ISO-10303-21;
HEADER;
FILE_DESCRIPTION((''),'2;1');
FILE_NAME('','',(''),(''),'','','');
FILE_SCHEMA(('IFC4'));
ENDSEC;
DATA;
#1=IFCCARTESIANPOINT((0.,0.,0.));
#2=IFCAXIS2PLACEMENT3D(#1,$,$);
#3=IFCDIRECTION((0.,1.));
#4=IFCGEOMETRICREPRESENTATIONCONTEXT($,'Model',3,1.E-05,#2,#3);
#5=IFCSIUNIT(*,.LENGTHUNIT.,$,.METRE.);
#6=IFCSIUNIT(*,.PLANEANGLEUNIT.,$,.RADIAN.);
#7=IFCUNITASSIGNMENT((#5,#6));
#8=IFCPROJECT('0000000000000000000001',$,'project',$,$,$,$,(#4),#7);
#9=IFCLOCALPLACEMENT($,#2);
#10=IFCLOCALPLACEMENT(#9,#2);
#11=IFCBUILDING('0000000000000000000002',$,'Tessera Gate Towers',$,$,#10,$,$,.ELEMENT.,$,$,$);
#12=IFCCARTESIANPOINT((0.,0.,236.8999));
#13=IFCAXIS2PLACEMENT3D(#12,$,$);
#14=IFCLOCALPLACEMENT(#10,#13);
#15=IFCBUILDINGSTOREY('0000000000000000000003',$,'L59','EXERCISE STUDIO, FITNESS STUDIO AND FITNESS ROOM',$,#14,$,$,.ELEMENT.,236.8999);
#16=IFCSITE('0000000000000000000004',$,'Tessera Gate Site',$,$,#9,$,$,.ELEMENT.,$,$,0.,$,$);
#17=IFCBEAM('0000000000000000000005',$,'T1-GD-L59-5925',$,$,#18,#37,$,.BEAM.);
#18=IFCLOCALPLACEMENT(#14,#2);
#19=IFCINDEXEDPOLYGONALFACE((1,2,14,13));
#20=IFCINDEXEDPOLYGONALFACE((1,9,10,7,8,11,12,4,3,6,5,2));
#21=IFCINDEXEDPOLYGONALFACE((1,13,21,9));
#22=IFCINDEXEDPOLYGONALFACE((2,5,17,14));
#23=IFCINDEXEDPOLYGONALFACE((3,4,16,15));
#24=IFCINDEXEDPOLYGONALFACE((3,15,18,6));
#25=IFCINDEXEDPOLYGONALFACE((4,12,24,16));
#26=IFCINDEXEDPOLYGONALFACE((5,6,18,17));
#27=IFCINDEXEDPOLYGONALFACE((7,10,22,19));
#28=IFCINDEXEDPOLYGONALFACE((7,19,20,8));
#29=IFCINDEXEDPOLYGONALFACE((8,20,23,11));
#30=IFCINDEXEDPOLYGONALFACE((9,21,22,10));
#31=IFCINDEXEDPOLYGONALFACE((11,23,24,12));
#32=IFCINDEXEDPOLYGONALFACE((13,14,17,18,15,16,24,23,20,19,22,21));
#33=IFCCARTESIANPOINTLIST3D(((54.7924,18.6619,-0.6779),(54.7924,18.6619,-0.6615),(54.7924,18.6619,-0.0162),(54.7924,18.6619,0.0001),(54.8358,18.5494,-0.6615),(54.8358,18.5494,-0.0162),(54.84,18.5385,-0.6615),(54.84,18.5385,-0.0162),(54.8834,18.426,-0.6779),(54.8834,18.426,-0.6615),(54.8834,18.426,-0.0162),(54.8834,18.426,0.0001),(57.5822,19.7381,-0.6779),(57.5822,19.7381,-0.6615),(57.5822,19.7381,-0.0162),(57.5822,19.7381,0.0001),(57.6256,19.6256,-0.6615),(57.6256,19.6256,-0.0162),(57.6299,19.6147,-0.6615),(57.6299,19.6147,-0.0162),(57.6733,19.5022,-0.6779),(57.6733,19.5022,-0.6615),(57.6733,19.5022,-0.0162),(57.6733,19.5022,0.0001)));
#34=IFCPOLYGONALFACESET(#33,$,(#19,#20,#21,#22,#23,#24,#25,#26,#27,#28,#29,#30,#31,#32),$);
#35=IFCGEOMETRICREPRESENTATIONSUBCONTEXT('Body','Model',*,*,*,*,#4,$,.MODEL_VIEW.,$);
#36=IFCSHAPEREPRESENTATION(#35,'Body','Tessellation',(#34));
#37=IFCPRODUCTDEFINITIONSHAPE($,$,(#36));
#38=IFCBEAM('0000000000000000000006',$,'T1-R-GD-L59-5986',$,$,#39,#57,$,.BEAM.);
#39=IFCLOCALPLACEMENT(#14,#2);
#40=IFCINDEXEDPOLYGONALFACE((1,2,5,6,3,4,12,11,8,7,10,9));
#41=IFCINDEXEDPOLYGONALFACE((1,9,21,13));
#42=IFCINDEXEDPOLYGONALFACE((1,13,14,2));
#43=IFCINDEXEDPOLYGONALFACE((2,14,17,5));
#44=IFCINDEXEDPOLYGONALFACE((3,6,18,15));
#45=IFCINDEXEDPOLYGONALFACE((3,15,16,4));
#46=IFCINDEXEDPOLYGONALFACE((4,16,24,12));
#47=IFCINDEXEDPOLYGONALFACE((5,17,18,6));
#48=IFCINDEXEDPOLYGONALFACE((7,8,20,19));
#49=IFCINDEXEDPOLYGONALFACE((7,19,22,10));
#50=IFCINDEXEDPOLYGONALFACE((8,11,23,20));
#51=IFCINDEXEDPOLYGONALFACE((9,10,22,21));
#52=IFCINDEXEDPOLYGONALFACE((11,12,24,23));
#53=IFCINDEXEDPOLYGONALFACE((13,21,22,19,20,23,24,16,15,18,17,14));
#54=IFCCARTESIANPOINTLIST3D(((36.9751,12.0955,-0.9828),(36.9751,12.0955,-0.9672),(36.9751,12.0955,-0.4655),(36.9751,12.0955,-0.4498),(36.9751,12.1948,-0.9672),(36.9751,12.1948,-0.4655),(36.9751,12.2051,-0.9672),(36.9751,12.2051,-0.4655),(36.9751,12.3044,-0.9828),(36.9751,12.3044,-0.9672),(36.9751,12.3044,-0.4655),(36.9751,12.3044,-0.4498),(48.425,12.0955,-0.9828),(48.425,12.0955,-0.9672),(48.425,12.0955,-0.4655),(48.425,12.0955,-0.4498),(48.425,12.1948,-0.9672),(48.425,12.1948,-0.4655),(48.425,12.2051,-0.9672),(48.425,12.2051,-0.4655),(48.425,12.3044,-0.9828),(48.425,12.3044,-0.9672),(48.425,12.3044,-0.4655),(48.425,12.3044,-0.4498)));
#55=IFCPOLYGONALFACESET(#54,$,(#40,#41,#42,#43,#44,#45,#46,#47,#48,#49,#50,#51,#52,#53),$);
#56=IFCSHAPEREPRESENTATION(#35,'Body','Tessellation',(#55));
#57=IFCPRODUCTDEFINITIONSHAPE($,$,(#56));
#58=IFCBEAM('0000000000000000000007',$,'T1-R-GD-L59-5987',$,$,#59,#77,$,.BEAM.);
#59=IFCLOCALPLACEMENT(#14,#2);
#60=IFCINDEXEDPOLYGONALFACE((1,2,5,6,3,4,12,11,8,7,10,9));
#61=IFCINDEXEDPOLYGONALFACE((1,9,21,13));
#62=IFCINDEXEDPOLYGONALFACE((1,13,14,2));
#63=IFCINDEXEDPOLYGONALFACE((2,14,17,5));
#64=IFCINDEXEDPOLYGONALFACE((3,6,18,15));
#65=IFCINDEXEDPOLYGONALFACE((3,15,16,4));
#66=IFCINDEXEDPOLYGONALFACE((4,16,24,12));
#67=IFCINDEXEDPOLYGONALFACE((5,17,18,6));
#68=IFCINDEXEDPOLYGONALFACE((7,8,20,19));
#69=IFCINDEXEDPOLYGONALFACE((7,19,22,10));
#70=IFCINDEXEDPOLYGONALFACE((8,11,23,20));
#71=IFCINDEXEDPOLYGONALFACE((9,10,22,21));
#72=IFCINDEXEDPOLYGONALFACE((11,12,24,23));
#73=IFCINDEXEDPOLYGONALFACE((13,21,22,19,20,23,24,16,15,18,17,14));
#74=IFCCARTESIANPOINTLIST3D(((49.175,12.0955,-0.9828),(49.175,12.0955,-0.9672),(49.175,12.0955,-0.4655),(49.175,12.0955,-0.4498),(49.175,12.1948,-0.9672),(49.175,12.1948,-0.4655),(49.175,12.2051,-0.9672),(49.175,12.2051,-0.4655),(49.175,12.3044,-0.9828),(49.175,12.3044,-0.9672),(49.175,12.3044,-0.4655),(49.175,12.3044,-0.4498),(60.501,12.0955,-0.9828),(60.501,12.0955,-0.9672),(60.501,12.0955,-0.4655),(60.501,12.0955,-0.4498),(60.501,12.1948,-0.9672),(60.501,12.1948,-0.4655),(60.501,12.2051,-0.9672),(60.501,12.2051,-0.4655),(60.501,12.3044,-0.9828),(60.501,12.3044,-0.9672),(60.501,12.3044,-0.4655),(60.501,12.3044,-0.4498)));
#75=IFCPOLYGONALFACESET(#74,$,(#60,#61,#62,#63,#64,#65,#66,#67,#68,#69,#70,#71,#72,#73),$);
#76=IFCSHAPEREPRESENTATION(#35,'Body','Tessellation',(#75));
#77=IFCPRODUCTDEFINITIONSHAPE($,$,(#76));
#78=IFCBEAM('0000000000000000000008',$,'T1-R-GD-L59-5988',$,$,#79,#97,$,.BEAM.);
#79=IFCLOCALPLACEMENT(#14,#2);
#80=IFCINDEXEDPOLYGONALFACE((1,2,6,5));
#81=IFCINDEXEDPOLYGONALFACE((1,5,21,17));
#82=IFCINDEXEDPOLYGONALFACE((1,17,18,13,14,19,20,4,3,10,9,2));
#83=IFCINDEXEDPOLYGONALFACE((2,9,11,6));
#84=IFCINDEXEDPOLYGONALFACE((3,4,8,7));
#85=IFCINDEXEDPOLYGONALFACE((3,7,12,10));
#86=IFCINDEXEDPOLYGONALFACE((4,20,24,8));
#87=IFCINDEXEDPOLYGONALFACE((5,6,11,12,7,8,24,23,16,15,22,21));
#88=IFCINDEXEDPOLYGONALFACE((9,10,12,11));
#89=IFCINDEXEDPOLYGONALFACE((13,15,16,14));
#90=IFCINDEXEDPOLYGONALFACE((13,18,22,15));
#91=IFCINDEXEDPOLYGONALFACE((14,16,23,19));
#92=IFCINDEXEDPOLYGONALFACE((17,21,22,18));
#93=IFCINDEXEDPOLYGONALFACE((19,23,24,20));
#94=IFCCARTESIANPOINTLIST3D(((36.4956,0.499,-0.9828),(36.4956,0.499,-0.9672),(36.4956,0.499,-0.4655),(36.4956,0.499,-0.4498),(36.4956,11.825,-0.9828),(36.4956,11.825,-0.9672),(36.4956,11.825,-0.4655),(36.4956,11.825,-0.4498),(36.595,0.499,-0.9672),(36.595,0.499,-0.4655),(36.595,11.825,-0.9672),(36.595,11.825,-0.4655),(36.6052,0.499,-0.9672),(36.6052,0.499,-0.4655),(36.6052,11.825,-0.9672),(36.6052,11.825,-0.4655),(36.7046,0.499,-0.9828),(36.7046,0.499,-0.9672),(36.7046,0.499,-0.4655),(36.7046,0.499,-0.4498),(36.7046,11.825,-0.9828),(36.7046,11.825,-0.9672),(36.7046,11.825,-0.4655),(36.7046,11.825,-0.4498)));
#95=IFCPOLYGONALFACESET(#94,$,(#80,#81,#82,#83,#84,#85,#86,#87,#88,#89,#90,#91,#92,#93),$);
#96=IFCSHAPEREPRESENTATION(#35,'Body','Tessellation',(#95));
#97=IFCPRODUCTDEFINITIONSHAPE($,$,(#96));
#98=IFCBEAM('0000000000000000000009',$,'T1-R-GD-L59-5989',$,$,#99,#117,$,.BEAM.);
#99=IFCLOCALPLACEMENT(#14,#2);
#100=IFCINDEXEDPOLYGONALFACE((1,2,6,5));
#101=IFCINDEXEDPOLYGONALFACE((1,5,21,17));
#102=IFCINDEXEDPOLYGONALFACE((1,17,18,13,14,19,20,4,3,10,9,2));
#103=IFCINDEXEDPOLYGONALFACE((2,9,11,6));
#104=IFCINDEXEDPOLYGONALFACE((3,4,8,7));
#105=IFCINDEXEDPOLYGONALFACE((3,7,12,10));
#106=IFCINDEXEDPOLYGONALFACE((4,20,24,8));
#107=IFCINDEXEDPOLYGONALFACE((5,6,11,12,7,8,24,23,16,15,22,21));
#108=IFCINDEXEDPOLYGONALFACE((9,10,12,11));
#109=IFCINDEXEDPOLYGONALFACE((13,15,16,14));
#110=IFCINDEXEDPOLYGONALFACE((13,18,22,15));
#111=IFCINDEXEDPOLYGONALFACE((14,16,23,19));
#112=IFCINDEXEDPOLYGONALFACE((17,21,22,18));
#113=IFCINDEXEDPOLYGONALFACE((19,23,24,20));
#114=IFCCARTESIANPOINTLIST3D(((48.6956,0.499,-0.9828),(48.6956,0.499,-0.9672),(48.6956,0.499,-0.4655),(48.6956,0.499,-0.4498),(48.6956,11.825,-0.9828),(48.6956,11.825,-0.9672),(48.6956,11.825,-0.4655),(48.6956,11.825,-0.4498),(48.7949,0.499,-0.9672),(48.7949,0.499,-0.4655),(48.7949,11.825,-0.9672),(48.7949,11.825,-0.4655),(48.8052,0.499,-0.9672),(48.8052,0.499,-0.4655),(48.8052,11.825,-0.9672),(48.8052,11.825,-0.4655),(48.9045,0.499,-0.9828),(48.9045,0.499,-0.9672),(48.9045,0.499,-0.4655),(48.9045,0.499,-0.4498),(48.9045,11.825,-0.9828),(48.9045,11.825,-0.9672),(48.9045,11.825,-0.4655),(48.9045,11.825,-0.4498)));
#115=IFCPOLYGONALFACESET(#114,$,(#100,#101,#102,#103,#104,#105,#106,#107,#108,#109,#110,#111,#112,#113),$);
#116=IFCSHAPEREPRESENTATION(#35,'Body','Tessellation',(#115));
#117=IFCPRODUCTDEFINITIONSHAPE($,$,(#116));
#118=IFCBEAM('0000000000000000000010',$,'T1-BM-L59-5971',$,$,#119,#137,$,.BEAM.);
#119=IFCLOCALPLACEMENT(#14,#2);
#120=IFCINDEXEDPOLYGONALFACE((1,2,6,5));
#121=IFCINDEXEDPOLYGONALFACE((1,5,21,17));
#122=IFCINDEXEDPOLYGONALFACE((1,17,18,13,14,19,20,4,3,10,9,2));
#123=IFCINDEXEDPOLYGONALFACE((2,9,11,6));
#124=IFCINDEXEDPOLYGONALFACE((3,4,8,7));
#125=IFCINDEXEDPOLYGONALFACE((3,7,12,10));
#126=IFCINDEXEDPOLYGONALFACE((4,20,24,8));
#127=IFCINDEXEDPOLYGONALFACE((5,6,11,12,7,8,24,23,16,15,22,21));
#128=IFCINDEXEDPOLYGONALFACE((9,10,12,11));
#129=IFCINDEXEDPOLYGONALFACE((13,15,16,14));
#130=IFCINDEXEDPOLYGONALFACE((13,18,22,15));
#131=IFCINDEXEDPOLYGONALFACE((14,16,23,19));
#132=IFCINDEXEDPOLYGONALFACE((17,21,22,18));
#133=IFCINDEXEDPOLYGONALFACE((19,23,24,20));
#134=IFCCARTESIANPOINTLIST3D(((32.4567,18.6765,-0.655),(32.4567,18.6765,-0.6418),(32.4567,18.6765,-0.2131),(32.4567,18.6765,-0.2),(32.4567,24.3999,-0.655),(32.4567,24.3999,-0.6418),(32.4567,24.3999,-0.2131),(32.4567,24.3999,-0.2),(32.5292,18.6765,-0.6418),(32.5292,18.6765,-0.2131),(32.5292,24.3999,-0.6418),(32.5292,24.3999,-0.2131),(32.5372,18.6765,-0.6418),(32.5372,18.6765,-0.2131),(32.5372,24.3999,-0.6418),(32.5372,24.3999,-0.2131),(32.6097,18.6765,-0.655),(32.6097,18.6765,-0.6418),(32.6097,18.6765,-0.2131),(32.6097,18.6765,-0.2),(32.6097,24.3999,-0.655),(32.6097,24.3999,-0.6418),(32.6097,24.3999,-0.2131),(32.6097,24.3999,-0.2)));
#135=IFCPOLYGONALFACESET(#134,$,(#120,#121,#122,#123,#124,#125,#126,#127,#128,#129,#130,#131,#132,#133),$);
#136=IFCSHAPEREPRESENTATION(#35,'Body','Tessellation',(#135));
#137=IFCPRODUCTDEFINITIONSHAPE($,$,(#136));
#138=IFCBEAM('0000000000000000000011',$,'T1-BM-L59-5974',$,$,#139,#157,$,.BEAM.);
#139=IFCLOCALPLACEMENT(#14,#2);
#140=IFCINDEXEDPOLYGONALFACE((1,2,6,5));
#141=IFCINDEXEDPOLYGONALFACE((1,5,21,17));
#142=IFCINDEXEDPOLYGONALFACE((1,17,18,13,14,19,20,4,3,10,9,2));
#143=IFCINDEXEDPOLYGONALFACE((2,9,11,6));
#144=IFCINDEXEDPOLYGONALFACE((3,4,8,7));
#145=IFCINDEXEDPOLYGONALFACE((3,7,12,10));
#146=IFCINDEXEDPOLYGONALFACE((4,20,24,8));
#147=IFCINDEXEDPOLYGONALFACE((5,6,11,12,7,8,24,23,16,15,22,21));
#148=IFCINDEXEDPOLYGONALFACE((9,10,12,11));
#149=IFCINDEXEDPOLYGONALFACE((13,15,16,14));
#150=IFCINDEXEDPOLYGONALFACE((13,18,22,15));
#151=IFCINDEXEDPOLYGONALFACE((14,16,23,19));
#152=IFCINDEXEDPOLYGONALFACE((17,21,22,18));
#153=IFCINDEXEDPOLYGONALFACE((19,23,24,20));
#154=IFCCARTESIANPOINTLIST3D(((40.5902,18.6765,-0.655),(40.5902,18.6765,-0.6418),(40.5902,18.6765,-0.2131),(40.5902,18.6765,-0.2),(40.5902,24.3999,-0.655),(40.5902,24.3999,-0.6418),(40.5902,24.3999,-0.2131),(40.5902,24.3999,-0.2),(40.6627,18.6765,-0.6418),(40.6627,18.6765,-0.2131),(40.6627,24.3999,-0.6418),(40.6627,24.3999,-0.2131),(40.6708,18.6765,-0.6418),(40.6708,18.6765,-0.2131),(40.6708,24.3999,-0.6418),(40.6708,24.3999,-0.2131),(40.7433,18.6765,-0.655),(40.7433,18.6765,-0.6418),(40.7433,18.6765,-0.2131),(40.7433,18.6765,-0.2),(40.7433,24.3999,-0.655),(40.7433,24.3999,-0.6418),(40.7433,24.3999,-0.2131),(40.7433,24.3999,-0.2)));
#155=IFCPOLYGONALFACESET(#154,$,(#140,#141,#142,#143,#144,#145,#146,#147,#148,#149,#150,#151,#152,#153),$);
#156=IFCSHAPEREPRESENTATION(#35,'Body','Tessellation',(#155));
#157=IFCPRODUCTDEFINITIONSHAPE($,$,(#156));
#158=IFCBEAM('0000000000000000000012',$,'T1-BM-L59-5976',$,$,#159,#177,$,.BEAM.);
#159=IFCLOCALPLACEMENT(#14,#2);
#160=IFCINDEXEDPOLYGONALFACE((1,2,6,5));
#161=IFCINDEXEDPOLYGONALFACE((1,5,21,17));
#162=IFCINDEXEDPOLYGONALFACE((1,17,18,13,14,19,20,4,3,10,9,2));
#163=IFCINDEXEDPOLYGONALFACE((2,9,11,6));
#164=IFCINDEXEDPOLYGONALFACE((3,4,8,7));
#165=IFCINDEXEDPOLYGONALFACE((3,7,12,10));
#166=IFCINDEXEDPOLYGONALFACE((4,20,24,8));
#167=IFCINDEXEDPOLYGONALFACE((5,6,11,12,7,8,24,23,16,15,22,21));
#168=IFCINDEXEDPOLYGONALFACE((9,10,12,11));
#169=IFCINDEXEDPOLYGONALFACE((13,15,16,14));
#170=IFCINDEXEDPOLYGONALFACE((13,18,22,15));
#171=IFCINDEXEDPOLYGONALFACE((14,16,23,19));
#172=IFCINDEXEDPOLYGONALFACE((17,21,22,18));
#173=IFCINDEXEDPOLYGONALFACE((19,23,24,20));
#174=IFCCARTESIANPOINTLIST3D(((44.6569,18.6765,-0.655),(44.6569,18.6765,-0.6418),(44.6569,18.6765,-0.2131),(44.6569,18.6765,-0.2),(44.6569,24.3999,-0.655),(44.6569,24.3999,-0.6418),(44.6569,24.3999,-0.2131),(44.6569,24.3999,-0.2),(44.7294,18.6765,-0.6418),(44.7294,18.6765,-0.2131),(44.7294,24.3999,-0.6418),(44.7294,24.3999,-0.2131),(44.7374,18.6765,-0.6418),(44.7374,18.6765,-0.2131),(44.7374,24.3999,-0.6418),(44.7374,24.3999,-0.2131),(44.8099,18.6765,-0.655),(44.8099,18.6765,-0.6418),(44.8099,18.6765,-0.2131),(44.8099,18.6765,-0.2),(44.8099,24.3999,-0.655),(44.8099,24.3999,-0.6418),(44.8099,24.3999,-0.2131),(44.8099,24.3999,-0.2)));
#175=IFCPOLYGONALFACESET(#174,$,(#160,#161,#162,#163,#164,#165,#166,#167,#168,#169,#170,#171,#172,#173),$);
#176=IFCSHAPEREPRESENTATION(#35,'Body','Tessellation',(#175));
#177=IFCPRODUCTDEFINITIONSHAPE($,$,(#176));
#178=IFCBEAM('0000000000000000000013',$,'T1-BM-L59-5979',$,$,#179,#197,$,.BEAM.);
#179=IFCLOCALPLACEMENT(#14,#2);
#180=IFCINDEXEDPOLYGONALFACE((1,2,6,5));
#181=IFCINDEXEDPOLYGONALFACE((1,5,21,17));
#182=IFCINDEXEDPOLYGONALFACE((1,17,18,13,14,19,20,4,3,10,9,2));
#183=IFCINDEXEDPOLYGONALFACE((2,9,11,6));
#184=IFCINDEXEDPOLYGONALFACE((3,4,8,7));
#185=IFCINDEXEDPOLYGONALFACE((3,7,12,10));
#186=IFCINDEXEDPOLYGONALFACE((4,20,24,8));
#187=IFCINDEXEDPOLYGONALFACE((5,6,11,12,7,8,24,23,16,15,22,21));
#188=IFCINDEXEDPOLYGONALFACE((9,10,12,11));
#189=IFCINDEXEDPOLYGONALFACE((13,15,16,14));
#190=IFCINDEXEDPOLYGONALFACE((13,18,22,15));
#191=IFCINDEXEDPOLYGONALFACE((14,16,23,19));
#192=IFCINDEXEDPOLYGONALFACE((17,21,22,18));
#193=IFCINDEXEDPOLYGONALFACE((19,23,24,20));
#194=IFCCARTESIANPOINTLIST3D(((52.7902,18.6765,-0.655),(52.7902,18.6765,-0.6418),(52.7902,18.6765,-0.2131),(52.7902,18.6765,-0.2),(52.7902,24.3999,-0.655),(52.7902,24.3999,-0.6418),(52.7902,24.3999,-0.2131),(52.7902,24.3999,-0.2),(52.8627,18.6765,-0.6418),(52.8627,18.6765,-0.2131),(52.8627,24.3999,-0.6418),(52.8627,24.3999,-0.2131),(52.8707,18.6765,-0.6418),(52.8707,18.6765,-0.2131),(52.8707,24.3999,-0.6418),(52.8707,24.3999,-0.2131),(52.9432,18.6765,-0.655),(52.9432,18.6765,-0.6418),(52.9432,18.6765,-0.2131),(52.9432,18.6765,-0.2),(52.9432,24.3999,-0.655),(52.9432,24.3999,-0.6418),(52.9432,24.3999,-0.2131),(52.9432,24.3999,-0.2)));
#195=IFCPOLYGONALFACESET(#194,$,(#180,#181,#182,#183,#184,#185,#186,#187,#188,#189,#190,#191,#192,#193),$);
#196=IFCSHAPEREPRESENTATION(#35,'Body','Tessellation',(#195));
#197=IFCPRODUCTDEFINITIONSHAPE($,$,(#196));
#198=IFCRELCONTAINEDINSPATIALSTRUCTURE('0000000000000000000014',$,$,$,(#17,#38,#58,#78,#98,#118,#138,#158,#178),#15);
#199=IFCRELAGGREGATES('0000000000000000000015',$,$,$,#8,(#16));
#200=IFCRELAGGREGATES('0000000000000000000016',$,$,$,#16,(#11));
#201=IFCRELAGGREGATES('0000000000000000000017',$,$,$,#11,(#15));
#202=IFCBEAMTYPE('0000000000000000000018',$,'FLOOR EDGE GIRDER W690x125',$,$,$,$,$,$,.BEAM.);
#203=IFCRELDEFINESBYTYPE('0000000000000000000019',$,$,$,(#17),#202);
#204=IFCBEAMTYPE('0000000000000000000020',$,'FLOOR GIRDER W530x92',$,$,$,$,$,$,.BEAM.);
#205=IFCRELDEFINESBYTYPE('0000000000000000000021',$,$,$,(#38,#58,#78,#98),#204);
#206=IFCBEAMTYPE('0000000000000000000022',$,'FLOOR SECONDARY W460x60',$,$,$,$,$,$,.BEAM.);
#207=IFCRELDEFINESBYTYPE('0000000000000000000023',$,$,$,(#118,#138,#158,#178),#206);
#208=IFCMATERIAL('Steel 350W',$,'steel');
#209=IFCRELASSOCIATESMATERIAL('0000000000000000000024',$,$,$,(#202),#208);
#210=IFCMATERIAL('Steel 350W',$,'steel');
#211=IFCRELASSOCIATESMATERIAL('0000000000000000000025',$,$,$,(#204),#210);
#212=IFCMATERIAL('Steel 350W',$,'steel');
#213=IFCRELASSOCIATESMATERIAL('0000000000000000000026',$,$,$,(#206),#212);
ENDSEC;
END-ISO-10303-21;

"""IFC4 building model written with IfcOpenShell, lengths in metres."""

from ifc_helpers import new_model, si_unit, direction, frame, origin, origin_2d, place, context, subcontext, project, spatial, i_section, extrude, material, material_profile, profile_set, type_object, element, save


model = new_model("IFC4")

# Units and contexts
model_context = context("Model", 3, precision=1e-05, world=origin(), true_north=direction((0.0, 1.0)))
body_context = subcontext(model_context, "Body", "Model", "MODEL_VIEW")
ifc_project = project(units=[si_unit("LENGTHUNIT", "METRE"), si_unit("PLANEANGLEUNIT", "RADIAN")], contexts=[model_context])

# Site, building, storey
site_placement = place(None, origin())
site = spatial("IfcSite", under=ifc_project, at=site_placement, Name="Tessera Gate Site", CompositionType="ELEMENT", RefElevation=0.0)
building_placement = place(site_placement, origin())
building = spatial("IfcBuilding", under=site, at=building_placement, Name="Tessera Gate Towers", CompositionType="ELEMENT")
storey_placement = place(building_placement, frame((0.0, 0.0, 236.8999)))
storey = spatial("IfcBuildingStorey", under=building, at=storey_placement, Name="L59", Description="EXERCISE STUDIO, FITNESS STUDIO AND FITNESS ROOM", CompositionType="ELEMENT", Elevation=236.8999)

# Beams
ifc_material_1 = material(Name="Steel 350W", Category="steel")
ifc_material_profile_1 = material_profile(ifc_material_1, i_section(OverallWidth=0.2529, OverallDepth=0.678, WebThickness=0.0117, FlangeThickness=0.0164, at=origin_2d()), Name="W690x125")
ifc_profile_set_1 = profile_set([ifc_material_profile_1], Name="Steel 350W")
beam_type_1 = type_object("IfcBeamType", Name="FLOOR EDGE GIRDER W690x125", PredefinedType="BEAM", material=ifc_profile_set_1)
beam_1_placement = place(storey_placement, frame((54.8379, 18.5439, -0.3389), z_axis=(0.93299, 0.359904, 0.0), x_axis=(-0.359904, 0.93299, 0.0)))
element("IfcBeam", 1, at=beam_1_placement, inside=storey, type_object=beam_type_1, Name="T1-GD-L59-5925", PredefinedType="BEAM", context=body_context, shape_type="SweptSolid", body=[
    extrude(i_section(OverallWidth=0.2529, OverallDepth=0.678, WebThickness=0.0117, FlangeThickness=0.0164, at=origin_2d()), origin(), (0.0, 0.0, 1.0), 2.9902),
])
ifc_material_2 = material(Name="Steel 350W", Category="steel")
ifc_material_profile_2 = material_profile(ifc_material_2, i_section(OverallWidth=0.209, OverallDepth=0.533, WebThickness=0.0103, FlangeThickness=0.0156, at=origin_2d()), Name="W530x92")
ifc_profile_set_2 = profile_set([ifc_material_profile_2], Name="Steel 350W")
beam_type_2 = type_object("IfcBeamType", Name="FLOOR GIRDER W530x92", PredefinedType="BEAM", material=ifc_profile_set_2)
beam_2_placement = place(storey_placement, frame((36.9751, 12.2, -0.7163), z_axis=(1.0, 0.0, 0.0), x_axis=(0.0, 1.0, 0.0)))
element("IfcBeam", 2, at=beam_2_placement, inside=storey, type_object=beam_type_2, Name="T1-R-GD-L59-5986", PredefinedType="BEAM", context=body_context, shape_type="SweptSolid", body=[
    extrude(i_section(OverallWidth=0.209, OverallDepth=0.533, WebThickness=0.0103, FlangeThickness=0.0156, at=origin_2d()), origin(), (0.0, 0.0, 1.0), 11.45),
])
for number, where, z_axis, x_axis, name in (
    (3, (49.175, 12.2, -0.7163), (1.0, 0.0, 0.0), (0.0, 1.0, 0.0), "T1-R-GD-L59-5987"),
    (4, (36.6001, 0.499, -0.7163), (0.0, 1.0, 0.0), (-1.0, 0.0, 0.0), "T1-R-GD-L59-5988"),
    (5, (48.8, 0.499, -0.7163), (0.0, 1.0, 0.0), (-1.0, 0.0, 0.0), "T1-R-GD-L59-5989"),
):
    element("IfcBeam", number, at=place(storey_placement, frame(where, z_axis=z_axis, x_axis=x_axis)), inside=storey, type_object=beam_type_2, Name=name, PredefinedType="BEAM", context=body_context, shape_type="SweptSolid", body=[
        extrude(i_section(OverallWidth=0.209, OverallDepth=0.533, WebThickness=0.0103, FlangeThickness=0.0156, at=origin_2d()), origin(), (0.0, 0.0, 1.0), 11.3259),
    ])
ifc_material_3 = material(Name="Steel 350W", Category="steel")
ifc_material_profile_3 = material_profile(ifc_material_3, i_section(OverallWidth=0.1531, OverallDepth=0.4551, WebThickness=0.0081, FlangeThickness=0.0132, at=origin_2d()), Name="W460x60")
ifc_profile_set_3 = profile_set([ifc_material_profile_3], Name="Steel 350W")
beam_type_3 = type_object("IfcBeamType", Name="FLOOR SECONDARY W460x60", PredefinedType="BEAM", material=ifc_profile_set_3)
for number, where, z_axis, x_axis, name in (
    (6, (32.5332, 18.6765, -0.4275), (0.0, 1.0, 0.0), (-1.0, 0.0, 0.0), "T1-BM-L59-5971"),
    (7, (40.6667, 18.6765, -0.4275), (0.0, 1.0, 0.0), (-1.0, 0.0, 0.0), "T1-BM-L59-5974"),
    (8, (44.7334, 18.6765, -0.4275), (0.0, 1.0, 0.0), (-1.0, 0.0, 0.0), "T1-BM-L59-5976"),
    (9, (52.8667, 18.6765, -0.4275), (0.0, 1.0, 0.0), (-1.0, 0.0, 0.0), "T1-BM-L59-5979"),
):
    element("IfcBeam", number, at=place(storey_placement, frame(where, z_axis=z_axis, x_axis=x_axis)), inside=storey, type_object=beam_type_3, Name=name, PredefinedType="BEAM", context=body_context, shape_type="SweptSolid", body=[
        extrude(i_section(OverallWidth=0.1531, OverallDepth=0.4551, WebThickness=0.0081, FlangeThickness=0.0132, at=origin_2d()), origin(), (0.0, 0.0, 1.0), 5.7234),
    ])

save(model, "model.ifc")
